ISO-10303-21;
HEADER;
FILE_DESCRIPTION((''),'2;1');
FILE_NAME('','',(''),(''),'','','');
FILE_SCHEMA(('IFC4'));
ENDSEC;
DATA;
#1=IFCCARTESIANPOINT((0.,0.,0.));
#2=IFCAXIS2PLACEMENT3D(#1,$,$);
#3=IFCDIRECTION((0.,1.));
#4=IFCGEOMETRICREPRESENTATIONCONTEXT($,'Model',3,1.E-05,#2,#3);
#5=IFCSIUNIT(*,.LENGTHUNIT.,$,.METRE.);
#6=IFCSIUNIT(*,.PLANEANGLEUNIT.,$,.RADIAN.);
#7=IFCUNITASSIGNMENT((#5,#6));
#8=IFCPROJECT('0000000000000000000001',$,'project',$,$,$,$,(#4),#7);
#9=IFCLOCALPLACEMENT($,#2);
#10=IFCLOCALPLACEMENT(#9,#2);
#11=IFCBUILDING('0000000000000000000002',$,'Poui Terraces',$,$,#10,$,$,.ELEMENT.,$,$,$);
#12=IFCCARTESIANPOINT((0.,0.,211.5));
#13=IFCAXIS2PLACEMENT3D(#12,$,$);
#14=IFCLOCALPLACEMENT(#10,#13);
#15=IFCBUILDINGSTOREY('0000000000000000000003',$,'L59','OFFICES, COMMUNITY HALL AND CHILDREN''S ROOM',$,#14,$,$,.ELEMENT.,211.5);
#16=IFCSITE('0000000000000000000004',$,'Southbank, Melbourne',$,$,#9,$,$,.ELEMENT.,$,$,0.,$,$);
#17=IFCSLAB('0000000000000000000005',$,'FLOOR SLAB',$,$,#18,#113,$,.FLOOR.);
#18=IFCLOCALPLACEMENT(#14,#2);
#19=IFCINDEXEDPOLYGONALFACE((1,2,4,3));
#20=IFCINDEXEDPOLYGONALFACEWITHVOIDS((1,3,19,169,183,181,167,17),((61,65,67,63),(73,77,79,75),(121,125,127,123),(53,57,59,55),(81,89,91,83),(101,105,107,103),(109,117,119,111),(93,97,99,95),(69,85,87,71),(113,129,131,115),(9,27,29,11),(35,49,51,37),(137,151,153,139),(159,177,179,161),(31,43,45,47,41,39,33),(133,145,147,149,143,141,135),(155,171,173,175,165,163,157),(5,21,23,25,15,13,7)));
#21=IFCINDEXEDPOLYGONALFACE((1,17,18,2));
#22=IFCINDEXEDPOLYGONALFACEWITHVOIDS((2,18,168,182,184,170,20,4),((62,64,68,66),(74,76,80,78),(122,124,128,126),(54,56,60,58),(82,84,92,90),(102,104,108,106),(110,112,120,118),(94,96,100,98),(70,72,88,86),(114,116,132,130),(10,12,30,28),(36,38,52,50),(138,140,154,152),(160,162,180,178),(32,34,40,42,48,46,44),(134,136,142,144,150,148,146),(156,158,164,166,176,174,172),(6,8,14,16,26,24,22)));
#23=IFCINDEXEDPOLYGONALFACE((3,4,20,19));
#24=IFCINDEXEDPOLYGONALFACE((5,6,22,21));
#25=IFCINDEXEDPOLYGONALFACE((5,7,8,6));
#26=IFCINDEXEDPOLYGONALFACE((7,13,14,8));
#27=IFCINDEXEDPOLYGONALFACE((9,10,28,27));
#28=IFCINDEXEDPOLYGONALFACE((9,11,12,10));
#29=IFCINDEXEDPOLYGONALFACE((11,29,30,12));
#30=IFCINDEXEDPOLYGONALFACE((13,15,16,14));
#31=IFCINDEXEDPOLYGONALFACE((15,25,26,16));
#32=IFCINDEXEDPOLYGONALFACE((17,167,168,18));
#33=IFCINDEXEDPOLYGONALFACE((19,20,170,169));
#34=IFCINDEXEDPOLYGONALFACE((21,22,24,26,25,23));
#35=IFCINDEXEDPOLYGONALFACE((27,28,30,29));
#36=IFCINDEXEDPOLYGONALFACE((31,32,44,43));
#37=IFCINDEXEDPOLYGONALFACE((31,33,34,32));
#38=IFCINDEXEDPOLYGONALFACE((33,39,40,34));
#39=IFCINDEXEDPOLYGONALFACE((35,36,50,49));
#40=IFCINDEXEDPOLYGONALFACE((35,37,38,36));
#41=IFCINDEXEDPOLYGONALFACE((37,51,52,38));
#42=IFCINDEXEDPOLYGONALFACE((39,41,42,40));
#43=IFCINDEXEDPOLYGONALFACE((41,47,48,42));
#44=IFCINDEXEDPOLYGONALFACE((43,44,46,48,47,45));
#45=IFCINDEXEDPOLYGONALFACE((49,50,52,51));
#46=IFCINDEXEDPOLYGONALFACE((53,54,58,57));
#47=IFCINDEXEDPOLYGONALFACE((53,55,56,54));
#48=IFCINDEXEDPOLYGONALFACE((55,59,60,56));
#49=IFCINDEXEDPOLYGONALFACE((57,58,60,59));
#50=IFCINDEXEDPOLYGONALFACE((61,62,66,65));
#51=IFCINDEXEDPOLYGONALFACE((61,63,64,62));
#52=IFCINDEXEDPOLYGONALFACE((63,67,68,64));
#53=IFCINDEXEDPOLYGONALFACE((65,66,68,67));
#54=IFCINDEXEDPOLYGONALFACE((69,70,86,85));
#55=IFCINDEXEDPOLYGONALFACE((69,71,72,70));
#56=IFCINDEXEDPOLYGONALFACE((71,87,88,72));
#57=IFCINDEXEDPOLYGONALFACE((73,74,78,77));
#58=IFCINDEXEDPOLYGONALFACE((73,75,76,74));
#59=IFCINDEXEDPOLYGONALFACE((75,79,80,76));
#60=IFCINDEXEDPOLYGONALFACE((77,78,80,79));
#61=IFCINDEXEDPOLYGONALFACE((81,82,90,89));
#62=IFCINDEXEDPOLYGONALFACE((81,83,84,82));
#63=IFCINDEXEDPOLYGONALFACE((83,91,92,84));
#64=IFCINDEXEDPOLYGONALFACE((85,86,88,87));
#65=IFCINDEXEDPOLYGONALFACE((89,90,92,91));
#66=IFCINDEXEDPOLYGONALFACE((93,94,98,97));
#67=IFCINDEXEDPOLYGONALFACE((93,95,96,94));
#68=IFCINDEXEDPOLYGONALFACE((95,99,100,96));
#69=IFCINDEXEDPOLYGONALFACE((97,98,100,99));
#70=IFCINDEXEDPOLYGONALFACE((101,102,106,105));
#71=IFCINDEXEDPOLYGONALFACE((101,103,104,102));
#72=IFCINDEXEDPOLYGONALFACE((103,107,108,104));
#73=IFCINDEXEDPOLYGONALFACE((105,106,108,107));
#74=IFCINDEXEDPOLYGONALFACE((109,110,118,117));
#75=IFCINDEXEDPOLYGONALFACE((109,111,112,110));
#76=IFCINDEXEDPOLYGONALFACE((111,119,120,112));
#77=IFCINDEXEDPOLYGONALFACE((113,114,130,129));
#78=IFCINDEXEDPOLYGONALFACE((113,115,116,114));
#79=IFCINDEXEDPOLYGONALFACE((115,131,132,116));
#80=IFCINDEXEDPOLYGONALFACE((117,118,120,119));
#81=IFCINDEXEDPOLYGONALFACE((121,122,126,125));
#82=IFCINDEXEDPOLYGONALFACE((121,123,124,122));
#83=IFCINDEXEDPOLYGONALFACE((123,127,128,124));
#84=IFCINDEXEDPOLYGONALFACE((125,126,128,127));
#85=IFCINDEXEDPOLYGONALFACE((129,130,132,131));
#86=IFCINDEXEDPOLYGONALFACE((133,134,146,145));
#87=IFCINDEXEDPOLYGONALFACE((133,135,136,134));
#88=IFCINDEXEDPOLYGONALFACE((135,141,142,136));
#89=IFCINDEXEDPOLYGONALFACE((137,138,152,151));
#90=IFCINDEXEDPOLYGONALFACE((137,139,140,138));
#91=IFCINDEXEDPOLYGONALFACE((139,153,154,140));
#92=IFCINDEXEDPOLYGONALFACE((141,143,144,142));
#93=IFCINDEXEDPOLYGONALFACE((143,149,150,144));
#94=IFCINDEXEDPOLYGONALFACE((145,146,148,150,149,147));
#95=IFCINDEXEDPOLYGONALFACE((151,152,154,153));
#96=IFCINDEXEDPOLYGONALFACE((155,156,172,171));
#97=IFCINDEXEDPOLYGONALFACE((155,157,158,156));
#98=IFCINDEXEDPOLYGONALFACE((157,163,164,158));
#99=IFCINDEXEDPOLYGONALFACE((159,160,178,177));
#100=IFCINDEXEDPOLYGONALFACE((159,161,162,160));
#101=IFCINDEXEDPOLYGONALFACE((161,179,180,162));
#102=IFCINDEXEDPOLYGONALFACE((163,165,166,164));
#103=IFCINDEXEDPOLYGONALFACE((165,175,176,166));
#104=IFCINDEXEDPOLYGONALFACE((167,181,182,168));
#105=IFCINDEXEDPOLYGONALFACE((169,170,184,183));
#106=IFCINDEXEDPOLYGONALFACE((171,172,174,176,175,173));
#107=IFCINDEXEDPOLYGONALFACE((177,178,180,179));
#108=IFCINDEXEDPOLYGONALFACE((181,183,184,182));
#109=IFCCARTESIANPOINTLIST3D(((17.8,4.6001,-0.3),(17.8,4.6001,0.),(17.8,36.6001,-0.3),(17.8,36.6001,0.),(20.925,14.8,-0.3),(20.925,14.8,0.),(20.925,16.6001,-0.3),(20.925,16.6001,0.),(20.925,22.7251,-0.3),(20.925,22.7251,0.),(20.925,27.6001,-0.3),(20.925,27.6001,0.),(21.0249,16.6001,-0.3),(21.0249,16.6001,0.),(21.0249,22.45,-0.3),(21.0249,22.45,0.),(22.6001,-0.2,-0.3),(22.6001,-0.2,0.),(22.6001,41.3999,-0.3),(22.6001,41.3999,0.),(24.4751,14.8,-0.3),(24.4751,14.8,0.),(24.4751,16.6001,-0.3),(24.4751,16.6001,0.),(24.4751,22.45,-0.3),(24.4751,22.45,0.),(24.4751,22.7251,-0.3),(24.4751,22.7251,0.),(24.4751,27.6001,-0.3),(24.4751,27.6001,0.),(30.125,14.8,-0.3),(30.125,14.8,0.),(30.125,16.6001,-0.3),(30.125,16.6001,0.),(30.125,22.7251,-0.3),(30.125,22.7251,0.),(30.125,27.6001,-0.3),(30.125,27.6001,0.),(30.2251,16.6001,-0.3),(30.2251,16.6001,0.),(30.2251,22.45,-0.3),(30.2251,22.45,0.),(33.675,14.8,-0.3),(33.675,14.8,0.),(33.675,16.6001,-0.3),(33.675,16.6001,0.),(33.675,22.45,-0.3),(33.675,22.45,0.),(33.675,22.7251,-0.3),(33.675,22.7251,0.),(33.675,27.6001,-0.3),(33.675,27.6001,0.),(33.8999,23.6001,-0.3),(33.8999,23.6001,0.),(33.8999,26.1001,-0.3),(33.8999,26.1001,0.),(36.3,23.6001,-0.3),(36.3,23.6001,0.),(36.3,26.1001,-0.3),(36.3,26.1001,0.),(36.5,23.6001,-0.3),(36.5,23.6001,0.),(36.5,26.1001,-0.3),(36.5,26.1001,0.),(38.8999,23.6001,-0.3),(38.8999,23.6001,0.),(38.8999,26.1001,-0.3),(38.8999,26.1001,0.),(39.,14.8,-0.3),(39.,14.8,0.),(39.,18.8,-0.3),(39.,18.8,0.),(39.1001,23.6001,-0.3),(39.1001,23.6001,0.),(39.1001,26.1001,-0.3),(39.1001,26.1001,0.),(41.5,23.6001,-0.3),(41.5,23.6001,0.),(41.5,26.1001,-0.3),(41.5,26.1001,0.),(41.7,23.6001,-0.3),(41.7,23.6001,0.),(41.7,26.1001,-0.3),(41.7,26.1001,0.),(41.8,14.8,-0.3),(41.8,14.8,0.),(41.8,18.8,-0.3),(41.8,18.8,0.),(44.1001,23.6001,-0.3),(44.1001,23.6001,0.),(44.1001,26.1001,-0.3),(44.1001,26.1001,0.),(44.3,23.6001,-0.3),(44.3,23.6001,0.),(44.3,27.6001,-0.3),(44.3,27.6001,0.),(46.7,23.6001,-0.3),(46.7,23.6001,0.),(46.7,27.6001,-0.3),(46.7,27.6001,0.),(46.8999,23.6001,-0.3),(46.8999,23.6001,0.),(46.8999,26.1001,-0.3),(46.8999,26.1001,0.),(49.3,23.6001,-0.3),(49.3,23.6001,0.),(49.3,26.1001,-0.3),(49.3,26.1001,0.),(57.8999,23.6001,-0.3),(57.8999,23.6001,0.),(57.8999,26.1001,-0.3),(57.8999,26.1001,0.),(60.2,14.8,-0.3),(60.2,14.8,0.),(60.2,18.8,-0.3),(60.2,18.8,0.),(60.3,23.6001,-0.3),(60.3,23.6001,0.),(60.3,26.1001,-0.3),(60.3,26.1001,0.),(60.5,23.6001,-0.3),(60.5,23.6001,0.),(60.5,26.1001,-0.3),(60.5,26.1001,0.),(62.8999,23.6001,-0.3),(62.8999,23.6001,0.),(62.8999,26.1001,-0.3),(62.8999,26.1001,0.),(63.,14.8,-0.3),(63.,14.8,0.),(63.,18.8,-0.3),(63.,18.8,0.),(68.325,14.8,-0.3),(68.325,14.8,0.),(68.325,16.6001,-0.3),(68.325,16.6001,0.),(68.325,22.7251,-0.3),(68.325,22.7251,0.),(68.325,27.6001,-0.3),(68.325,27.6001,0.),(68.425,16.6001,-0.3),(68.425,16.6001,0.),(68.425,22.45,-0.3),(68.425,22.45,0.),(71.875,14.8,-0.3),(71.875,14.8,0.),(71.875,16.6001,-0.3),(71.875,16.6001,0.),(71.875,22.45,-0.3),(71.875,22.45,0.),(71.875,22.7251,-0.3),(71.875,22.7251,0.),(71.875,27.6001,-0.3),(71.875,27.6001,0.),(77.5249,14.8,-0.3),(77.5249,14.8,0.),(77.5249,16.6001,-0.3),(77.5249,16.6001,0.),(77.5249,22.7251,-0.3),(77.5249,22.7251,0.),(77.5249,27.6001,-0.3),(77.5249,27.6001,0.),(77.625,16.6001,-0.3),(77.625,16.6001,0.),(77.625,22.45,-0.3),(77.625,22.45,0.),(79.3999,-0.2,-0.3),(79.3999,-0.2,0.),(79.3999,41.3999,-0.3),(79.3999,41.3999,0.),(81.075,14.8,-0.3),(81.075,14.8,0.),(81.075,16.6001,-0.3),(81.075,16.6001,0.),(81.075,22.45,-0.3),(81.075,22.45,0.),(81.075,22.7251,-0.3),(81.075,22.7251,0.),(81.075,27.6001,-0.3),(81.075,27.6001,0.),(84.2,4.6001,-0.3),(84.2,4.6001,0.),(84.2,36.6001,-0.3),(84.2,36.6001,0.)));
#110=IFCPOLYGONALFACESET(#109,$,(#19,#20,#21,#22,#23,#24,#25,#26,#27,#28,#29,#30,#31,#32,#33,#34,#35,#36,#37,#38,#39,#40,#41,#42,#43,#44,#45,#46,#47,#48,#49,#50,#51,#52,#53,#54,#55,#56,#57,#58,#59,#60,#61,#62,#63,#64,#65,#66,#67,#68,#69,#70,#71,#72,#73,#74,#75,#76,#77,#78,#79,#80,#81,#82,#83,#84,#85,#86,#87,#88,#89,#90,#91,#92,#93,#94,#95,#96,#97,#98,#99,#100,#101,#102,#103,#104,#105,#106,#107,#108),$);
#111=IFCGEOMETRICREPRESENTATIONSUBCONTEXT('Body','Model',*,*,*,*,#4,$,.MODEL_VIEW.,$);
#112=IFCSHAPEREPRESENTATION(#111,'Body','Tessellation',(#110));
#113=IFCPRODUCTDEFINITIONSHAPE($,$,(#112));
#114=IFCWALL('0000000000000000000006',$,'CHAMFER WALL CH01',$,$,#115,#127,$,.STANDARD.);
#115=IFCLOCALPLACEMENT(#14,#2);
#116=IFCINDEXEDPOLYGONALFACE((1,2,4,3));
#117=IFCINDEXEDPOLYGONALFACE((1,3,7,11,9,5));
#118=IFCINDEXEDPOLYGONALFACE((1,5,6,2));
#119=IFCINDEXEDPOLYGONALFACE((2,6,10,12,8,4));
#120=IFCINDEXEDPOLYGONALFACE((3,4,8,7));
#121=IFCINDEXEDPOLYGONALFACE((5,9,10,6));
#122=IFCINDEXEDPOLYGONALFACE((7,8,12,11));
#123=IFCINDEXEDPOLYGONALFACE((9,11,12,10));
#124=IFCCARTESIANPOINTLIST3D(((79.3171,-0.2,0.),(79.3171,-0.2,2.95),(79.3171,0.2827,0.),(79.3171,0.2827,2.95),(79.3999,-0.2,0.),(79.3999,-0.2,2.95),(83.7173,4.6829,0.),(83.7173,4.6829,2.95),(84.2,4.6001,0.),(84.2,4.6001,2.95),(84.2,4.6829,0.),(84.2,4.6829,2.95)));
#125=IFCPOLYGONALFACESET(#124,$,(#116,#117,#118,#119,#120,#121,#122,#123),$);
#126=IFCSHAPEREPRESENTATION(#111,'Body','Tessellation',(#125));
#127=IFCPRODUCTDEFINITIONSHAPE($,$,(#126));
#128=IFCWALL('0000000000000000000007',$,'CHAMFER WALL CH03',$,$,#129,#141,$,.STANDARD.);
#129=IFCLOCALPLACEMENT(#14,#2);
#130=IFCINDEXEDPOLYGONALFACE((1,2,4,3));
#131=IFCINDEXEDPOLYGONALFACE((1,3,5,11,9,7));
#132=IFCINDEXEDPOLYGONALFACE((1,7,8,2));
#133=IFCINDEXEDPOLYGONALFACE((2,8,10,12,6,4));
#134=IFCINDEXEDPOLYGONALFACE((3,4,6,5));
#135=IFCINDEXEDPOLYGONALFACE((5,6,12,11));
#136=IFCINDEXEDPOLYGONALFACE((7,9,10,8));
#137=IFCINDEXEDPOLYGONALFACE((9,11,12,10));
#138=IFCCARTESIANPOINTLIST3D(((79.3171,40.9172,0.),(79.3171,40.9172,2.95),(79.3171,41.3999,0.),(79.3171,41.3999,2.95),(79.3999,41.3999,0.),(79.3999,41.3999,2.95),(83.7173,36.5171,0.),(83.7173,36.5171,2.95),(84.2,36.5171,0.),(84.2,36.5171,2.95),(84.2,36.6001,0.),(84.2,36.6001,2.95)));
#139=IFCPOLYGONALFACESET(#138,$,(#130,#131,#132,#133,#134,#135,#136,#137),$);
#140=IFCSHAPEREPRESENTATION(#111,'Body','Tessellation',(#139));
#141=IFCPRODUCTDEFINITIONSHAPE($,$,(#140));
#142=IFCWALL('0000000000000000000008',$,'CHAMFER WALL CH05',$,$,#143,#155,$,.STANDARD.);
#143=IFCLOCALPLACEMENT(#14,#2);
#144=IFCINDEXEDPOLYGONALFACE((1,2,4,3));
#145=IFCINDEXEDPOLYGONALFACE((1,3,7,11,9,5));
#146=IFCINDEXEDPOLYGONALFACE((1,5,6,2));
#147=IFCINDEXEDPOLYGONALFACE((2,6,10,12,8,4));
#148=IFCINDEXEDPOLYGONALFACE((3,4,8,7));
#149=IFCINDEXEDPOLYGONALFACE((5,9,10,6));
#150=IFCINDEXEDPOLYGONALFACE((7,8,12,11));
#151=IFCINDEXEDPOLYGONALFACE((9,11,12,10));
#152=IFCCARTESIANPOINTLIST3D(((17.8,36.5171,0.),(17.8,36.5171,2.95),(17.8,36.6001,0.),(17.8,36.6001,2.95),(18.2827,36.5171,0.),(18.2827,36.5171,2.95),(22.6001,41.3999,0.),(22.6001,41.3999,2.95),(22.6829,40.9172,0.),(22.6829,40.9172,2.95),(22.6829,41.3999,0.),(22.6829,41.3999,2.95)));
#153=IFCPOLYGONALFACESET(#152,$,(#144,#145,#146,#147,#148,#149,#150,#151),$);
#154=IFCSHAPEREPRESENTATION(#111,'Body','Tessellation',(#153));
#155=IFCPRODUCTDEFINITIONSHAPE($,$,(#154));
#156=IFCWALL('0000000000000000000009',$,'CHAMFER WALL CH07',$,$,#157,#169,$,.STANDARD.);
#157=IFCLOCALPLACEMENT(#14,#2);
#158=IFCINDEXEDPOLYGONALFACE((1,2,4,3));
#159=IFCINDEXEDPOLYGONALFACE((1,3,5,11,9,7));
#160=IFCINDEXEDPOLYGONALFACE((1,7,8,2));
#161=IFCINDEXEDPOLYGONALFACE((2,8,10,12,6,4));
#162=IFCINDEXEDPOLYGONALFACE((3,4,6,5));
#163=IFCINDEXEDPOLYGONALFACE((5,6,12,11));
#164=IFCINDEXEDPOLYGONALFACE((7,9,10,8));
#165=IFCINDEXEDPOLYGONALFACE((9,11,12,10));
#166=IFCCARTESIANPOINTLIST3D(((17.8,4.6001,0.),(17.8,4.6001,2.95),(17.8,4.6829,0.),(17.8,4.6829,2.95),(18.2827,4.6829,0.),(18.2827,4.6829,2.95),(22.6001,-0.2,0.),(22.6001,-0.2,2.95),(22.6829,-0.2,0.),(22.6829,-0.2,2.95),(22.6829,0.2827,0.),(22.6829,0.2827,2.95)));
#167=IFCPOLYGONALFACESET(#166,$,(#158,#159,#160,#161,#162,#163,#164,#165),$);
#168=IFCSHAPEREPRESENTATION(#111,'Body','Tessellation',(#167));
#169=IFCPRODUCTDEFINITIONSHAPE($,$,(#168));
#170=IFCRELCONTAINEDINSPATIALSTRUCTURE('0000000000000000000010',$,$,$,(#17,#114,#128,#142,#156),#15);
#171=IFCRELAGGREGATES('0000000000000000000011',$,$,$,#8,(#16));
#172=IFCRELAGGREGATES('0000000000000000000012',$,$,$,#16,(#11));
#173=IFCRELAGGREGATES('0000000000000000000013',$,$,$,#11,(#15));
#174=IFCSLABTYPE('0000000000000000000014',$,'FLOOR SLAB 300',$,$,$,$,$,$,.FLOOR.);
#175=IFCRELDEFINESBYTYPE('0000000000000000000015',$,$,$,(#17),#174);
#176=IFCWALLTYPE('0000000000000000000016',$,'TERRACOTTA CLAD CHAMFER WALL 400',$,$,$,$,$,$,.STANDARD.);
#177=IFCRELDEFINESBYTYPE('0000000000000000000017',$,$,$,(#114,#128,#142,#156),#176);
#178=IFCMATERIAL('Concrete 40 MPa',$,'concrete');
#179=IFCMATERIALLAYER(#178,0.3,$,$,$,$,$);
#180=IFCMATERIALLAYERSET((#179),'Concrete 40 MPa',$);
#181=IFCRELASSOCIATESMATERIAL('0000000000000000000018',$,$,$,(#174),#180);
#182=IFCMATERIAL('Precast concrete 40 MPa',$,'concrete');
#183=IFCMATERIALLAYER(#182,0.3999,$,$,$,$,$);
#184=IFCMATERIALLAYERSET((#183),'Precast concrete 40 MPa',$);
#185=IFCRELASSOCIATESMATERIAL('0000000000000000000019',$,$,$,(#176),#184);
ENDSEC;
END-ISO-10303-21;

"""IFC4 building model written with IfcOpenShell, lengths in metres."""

from ifc_helpers import new_model, si_unit, direction, frame, origin, place, context, subcontext, project, spatial, polyline, outline, extrude, source, transform, mapped, material, layer, layer_set, type_object, element, save


model = new_model("IFC4")

# Units and contexts
model_context = context("Model", 3, precision=1e-05, world=origin(), true_north=direction((0.0, 1.0)))
body_context = subcontext(model_context, "Body", "Model", "MODEL_VIEW")
ifc_project = project(units=[si_unit("LENGTHUNIT", "METRE"), si_unit("PLANEANGLEUNIT", "RADIAN")], contexts=[model_context])

# Site, building, storey
site_placement = place(None, origin())
site = spatial("IfcSite", under=ifc_project, at=site_placement, Name="Southbank, Melbourne", CompositionType="ELEMENT", RefElevation=0.0)
building_placement = place(site_placement, origin())
building = spatial("IfcBuilding", under=site, at=building_placement, Name="Poui Terraces", CompositionType="ELEMENT")
storey_placement = place(building_placement, frame((0.0, 0.0, 211.5)))
storey = spatial("IfcBuildingStorey", under=building, at=storey_placement, Name="L59", Description="OFFICES, COMMUNITY HALL AND CHILDREN'S ROOM", CompositionType="ELEMENT", Elevation=211.5)

# Slab
ifc_material_1 = material(Name="Concrete 40 MPa", Category="concrete")
ifc_layer_1 = layer(ifc_material_1, 0.3)
ifc_layer_set_1 = layer_set([ifc_layer_1], Name="Concrete 40 MPa")
slab_type_1 = type_object("IfcSlabType", Name="FLOOR SLAB 300", PredefinedType="FLOOR", material=ifc_layer_set_1)
shared_shape = source(origin(), body_context, "Body", "SweptSolid", [
    extrude(outline(polyline([(0.0, 0.0), (4.8, -4.8), (61.5999, -4.8), (66.3999, 0.0), (66.3999, 32.0), (61.5999, 36.7998), (4.8, 36.7998), (0.0, 32.0), (0.0, 0.0)]), holes=[polyline([(21.2, 10.2), (21.2, 14.2), (24.0, 14.2), (24.0, 10.2), (21.2, 10.2)]), polyline([(3.2249, 17.8499), (6.675, 17.8499), (6.675, 12.0), (6.675, 10.2), (3.125, 10.2), (3.125, 12.0), (3.2249, 12.0), (3.2249, 17.8499)]), polyline([(12.425, 17.8499), (15.875, 17.8499), (15.875, 12.0), (15.875, 10.2), (12.325, 10.2), (12.325, 12.0), (12.425, 12.0), (12.425, 17.8499)]), polyline([(16.0999, 19.0), (16.0999, 21.5), (18.5, 21.5), (18.5, 19.0), (16.0999, 19.0)]), polyline([(18.7, 19.0), (18.7, 21.5), (21.0999, 21.5), (21.0999, 19.0), (18.7, 19.0)]), polyline([(21.3, 19.0), (21.3, 21.5), (23.7, 21.5), (23.7, 19.0), (21.3, 19.0)]), polyline([(23.8999, 19.0), (23.8999, 21.5), (26.3, 21.5), (26.3, 19.0), (23.8999, 19.0)]), polyline([(3.125, 23.0), (6.675, 23.0), (6.675, 18.125), (3.125, 18.125), (3.125, 23.0)]), polyline([(12.325, 23.0), (15.875, 23.0), (15.875, 18.125), (12.325, 18.125), (12.325, 23.0)]), polyline([(42.3999, 10.2), (42.3999, 14.2), (45.2, 14.2), (45.2, 10.2), (42.3999, 10.2)]), polyline([(50.625, 17.8499), (54.075, 17.8499), (54.075, 12.0), (54.075, 10.2), (50.5249, 10.2), (50.5249, 12.0), (50.625, 12.0), (50.625, 17.8499)]), polyline([(59.825, 17.8499), (63.2749, 17.8499), (63.2749, 12.0), (63.2749, 10.2), (59.7249, 10.2), (59.7249, 12.0), (59.825, 12.0), (59.825, 17.8499)]), polyline([(29.0999, 19.0), (29.0999, 21.5), (31.5, 21.5), (31.5, 19.0), (29.0999, 19.0)]), polyline([(40.0999, 19.0), (40.0999, 21.5), (42.5, 21.5), (42.5, 19.0), (40.0999, 19.0)]), polyline([(42.7, 19.0), (42.7, 21.5), (45.0999, 21.5), (45.0999, 19.0), (42.7, 19.0)]), polyline([(50.5249, 18.125), (50.5249, 23.0), (54.075, 23.0), (54.075, 18.125), (50.5249, 18.125)]), polyline([(59.7249, 23.0), (63.2749, 23.0), (63.2749, 18.125), (59.7249, 18.125), (59.7249, 23.0)]), polyline([(26.5, 23.0), (28.8999, 23.0), (28.8999, 19.0), (26.5, 19.0), (26.5, 23.0)])]), origin(), (0.0, 0.0, 1.0), 0.3),
])
slab_1_placement = place(storey_placement, frame((17.8, 4.6001, -0.3)))
element("IfcSlab", 1, at=slab_1_placement, inside=storey, type_object=slab_type_1, Name="FLOOR SLAB", PredefinedType="FLOOR", context=body_context, shape_type="MappedRepresentation", body=[
    mapped(shared_shape, transform((0.0, 0.0, 0.0))),
])

# Walls
ifc_material_2 = material(Name="Precast concrete 40 MPa", Category="concrete")
ifc_layer_2 = layer(ifc_material_2, 0.3999)
ifc_layer_set_2 = layer_set([ifc_layer_2], Name="Precast concrete 40 MPa")
wall_type = type_object("IfcWallType", Name="TERRACOTTA CLAD CHAMFER WALL 400", PredefinedType="STANDARD", material=ifc_layer_set_2)
wall_1_placement = place(storey_placement, origin())
element("IfcWall", 2, at=wall_1_placement, inside=storey, type_object=wall_type, Name="CHAMFER WALL CH01", PredefinedType="STANDARD", context=body_context, shape_type="SweptSolid", body=[
    extrude(outline(polyline([(79.3171, -0.2), (79.3999, -0.2), (84.2, 4.6001), (84.2, 4.6829), (83.7173, 4.6829), (79.3171, 0.2827), (79.3171, -0.2)])), origin(), (0.0, 0.0, 1.0), 2.95),
])
wall_2_placement = place(storey_placement, origin())
element("IfcWall", 3, at=wall_2_placement, inside=storey, type_object=wall_type, Name="CHAMFER WALL CH03", PredefinedType="STANDARD", context=body_context, shape_type="SweptSolid", body=[
    extrude(outline(polyline([(84.2, 36.5171), (84.2, 36.6001), (79.3999, 41.3999), (79.3171, 41.3999), (79.3171, 40.9172), (83.7173, 36.5171), (84.2, 36.5171)])), origin(), (0.0, 0.0, 1.0), 2.95),
])
wall_3_placement = place(storey_placement, origin())
element("IfcWall", 4, at=wall_3_placement, inside=storey, type_object=wall_type, Name="CHAMFER WALL CH05", PredefinedType="STANDARD", context=body_context, shape_type="SweptSolid", body=[
    extrude(outline(polyline([(22.6829, 41.3999), (22.6001, 41.3999), (17.8, 36.6001), (17.8, 36.5171), (18.2827, 36.5171), (22.6829, 40.9172), (22.6829, 41.3999)])), origin(), (0.0, 0.0, 1.0), 2.95),
])
wall_4_placement = place(storey_placement, origin())
element("IfcWall", 5, at=wall_4_placement, inside=storey, type_object=wall_type, Name="CHAMFER WALL CH07", PredefinedType="STANDARD", context=body_context, shape_type="SweptSolid", body=[
    extrude(outline(polyline([(17.8, 4.6829), (17.8, 4.6001), (22.6001, -0.2), (22.6829, -0.2), (22.6829, 0.2827), (18.2827, 4.6829), (17.8, 4.6829)])), origin(), (0.0, 0.0, 1.0), 2.95),
])

save(model, "model.ifc")
